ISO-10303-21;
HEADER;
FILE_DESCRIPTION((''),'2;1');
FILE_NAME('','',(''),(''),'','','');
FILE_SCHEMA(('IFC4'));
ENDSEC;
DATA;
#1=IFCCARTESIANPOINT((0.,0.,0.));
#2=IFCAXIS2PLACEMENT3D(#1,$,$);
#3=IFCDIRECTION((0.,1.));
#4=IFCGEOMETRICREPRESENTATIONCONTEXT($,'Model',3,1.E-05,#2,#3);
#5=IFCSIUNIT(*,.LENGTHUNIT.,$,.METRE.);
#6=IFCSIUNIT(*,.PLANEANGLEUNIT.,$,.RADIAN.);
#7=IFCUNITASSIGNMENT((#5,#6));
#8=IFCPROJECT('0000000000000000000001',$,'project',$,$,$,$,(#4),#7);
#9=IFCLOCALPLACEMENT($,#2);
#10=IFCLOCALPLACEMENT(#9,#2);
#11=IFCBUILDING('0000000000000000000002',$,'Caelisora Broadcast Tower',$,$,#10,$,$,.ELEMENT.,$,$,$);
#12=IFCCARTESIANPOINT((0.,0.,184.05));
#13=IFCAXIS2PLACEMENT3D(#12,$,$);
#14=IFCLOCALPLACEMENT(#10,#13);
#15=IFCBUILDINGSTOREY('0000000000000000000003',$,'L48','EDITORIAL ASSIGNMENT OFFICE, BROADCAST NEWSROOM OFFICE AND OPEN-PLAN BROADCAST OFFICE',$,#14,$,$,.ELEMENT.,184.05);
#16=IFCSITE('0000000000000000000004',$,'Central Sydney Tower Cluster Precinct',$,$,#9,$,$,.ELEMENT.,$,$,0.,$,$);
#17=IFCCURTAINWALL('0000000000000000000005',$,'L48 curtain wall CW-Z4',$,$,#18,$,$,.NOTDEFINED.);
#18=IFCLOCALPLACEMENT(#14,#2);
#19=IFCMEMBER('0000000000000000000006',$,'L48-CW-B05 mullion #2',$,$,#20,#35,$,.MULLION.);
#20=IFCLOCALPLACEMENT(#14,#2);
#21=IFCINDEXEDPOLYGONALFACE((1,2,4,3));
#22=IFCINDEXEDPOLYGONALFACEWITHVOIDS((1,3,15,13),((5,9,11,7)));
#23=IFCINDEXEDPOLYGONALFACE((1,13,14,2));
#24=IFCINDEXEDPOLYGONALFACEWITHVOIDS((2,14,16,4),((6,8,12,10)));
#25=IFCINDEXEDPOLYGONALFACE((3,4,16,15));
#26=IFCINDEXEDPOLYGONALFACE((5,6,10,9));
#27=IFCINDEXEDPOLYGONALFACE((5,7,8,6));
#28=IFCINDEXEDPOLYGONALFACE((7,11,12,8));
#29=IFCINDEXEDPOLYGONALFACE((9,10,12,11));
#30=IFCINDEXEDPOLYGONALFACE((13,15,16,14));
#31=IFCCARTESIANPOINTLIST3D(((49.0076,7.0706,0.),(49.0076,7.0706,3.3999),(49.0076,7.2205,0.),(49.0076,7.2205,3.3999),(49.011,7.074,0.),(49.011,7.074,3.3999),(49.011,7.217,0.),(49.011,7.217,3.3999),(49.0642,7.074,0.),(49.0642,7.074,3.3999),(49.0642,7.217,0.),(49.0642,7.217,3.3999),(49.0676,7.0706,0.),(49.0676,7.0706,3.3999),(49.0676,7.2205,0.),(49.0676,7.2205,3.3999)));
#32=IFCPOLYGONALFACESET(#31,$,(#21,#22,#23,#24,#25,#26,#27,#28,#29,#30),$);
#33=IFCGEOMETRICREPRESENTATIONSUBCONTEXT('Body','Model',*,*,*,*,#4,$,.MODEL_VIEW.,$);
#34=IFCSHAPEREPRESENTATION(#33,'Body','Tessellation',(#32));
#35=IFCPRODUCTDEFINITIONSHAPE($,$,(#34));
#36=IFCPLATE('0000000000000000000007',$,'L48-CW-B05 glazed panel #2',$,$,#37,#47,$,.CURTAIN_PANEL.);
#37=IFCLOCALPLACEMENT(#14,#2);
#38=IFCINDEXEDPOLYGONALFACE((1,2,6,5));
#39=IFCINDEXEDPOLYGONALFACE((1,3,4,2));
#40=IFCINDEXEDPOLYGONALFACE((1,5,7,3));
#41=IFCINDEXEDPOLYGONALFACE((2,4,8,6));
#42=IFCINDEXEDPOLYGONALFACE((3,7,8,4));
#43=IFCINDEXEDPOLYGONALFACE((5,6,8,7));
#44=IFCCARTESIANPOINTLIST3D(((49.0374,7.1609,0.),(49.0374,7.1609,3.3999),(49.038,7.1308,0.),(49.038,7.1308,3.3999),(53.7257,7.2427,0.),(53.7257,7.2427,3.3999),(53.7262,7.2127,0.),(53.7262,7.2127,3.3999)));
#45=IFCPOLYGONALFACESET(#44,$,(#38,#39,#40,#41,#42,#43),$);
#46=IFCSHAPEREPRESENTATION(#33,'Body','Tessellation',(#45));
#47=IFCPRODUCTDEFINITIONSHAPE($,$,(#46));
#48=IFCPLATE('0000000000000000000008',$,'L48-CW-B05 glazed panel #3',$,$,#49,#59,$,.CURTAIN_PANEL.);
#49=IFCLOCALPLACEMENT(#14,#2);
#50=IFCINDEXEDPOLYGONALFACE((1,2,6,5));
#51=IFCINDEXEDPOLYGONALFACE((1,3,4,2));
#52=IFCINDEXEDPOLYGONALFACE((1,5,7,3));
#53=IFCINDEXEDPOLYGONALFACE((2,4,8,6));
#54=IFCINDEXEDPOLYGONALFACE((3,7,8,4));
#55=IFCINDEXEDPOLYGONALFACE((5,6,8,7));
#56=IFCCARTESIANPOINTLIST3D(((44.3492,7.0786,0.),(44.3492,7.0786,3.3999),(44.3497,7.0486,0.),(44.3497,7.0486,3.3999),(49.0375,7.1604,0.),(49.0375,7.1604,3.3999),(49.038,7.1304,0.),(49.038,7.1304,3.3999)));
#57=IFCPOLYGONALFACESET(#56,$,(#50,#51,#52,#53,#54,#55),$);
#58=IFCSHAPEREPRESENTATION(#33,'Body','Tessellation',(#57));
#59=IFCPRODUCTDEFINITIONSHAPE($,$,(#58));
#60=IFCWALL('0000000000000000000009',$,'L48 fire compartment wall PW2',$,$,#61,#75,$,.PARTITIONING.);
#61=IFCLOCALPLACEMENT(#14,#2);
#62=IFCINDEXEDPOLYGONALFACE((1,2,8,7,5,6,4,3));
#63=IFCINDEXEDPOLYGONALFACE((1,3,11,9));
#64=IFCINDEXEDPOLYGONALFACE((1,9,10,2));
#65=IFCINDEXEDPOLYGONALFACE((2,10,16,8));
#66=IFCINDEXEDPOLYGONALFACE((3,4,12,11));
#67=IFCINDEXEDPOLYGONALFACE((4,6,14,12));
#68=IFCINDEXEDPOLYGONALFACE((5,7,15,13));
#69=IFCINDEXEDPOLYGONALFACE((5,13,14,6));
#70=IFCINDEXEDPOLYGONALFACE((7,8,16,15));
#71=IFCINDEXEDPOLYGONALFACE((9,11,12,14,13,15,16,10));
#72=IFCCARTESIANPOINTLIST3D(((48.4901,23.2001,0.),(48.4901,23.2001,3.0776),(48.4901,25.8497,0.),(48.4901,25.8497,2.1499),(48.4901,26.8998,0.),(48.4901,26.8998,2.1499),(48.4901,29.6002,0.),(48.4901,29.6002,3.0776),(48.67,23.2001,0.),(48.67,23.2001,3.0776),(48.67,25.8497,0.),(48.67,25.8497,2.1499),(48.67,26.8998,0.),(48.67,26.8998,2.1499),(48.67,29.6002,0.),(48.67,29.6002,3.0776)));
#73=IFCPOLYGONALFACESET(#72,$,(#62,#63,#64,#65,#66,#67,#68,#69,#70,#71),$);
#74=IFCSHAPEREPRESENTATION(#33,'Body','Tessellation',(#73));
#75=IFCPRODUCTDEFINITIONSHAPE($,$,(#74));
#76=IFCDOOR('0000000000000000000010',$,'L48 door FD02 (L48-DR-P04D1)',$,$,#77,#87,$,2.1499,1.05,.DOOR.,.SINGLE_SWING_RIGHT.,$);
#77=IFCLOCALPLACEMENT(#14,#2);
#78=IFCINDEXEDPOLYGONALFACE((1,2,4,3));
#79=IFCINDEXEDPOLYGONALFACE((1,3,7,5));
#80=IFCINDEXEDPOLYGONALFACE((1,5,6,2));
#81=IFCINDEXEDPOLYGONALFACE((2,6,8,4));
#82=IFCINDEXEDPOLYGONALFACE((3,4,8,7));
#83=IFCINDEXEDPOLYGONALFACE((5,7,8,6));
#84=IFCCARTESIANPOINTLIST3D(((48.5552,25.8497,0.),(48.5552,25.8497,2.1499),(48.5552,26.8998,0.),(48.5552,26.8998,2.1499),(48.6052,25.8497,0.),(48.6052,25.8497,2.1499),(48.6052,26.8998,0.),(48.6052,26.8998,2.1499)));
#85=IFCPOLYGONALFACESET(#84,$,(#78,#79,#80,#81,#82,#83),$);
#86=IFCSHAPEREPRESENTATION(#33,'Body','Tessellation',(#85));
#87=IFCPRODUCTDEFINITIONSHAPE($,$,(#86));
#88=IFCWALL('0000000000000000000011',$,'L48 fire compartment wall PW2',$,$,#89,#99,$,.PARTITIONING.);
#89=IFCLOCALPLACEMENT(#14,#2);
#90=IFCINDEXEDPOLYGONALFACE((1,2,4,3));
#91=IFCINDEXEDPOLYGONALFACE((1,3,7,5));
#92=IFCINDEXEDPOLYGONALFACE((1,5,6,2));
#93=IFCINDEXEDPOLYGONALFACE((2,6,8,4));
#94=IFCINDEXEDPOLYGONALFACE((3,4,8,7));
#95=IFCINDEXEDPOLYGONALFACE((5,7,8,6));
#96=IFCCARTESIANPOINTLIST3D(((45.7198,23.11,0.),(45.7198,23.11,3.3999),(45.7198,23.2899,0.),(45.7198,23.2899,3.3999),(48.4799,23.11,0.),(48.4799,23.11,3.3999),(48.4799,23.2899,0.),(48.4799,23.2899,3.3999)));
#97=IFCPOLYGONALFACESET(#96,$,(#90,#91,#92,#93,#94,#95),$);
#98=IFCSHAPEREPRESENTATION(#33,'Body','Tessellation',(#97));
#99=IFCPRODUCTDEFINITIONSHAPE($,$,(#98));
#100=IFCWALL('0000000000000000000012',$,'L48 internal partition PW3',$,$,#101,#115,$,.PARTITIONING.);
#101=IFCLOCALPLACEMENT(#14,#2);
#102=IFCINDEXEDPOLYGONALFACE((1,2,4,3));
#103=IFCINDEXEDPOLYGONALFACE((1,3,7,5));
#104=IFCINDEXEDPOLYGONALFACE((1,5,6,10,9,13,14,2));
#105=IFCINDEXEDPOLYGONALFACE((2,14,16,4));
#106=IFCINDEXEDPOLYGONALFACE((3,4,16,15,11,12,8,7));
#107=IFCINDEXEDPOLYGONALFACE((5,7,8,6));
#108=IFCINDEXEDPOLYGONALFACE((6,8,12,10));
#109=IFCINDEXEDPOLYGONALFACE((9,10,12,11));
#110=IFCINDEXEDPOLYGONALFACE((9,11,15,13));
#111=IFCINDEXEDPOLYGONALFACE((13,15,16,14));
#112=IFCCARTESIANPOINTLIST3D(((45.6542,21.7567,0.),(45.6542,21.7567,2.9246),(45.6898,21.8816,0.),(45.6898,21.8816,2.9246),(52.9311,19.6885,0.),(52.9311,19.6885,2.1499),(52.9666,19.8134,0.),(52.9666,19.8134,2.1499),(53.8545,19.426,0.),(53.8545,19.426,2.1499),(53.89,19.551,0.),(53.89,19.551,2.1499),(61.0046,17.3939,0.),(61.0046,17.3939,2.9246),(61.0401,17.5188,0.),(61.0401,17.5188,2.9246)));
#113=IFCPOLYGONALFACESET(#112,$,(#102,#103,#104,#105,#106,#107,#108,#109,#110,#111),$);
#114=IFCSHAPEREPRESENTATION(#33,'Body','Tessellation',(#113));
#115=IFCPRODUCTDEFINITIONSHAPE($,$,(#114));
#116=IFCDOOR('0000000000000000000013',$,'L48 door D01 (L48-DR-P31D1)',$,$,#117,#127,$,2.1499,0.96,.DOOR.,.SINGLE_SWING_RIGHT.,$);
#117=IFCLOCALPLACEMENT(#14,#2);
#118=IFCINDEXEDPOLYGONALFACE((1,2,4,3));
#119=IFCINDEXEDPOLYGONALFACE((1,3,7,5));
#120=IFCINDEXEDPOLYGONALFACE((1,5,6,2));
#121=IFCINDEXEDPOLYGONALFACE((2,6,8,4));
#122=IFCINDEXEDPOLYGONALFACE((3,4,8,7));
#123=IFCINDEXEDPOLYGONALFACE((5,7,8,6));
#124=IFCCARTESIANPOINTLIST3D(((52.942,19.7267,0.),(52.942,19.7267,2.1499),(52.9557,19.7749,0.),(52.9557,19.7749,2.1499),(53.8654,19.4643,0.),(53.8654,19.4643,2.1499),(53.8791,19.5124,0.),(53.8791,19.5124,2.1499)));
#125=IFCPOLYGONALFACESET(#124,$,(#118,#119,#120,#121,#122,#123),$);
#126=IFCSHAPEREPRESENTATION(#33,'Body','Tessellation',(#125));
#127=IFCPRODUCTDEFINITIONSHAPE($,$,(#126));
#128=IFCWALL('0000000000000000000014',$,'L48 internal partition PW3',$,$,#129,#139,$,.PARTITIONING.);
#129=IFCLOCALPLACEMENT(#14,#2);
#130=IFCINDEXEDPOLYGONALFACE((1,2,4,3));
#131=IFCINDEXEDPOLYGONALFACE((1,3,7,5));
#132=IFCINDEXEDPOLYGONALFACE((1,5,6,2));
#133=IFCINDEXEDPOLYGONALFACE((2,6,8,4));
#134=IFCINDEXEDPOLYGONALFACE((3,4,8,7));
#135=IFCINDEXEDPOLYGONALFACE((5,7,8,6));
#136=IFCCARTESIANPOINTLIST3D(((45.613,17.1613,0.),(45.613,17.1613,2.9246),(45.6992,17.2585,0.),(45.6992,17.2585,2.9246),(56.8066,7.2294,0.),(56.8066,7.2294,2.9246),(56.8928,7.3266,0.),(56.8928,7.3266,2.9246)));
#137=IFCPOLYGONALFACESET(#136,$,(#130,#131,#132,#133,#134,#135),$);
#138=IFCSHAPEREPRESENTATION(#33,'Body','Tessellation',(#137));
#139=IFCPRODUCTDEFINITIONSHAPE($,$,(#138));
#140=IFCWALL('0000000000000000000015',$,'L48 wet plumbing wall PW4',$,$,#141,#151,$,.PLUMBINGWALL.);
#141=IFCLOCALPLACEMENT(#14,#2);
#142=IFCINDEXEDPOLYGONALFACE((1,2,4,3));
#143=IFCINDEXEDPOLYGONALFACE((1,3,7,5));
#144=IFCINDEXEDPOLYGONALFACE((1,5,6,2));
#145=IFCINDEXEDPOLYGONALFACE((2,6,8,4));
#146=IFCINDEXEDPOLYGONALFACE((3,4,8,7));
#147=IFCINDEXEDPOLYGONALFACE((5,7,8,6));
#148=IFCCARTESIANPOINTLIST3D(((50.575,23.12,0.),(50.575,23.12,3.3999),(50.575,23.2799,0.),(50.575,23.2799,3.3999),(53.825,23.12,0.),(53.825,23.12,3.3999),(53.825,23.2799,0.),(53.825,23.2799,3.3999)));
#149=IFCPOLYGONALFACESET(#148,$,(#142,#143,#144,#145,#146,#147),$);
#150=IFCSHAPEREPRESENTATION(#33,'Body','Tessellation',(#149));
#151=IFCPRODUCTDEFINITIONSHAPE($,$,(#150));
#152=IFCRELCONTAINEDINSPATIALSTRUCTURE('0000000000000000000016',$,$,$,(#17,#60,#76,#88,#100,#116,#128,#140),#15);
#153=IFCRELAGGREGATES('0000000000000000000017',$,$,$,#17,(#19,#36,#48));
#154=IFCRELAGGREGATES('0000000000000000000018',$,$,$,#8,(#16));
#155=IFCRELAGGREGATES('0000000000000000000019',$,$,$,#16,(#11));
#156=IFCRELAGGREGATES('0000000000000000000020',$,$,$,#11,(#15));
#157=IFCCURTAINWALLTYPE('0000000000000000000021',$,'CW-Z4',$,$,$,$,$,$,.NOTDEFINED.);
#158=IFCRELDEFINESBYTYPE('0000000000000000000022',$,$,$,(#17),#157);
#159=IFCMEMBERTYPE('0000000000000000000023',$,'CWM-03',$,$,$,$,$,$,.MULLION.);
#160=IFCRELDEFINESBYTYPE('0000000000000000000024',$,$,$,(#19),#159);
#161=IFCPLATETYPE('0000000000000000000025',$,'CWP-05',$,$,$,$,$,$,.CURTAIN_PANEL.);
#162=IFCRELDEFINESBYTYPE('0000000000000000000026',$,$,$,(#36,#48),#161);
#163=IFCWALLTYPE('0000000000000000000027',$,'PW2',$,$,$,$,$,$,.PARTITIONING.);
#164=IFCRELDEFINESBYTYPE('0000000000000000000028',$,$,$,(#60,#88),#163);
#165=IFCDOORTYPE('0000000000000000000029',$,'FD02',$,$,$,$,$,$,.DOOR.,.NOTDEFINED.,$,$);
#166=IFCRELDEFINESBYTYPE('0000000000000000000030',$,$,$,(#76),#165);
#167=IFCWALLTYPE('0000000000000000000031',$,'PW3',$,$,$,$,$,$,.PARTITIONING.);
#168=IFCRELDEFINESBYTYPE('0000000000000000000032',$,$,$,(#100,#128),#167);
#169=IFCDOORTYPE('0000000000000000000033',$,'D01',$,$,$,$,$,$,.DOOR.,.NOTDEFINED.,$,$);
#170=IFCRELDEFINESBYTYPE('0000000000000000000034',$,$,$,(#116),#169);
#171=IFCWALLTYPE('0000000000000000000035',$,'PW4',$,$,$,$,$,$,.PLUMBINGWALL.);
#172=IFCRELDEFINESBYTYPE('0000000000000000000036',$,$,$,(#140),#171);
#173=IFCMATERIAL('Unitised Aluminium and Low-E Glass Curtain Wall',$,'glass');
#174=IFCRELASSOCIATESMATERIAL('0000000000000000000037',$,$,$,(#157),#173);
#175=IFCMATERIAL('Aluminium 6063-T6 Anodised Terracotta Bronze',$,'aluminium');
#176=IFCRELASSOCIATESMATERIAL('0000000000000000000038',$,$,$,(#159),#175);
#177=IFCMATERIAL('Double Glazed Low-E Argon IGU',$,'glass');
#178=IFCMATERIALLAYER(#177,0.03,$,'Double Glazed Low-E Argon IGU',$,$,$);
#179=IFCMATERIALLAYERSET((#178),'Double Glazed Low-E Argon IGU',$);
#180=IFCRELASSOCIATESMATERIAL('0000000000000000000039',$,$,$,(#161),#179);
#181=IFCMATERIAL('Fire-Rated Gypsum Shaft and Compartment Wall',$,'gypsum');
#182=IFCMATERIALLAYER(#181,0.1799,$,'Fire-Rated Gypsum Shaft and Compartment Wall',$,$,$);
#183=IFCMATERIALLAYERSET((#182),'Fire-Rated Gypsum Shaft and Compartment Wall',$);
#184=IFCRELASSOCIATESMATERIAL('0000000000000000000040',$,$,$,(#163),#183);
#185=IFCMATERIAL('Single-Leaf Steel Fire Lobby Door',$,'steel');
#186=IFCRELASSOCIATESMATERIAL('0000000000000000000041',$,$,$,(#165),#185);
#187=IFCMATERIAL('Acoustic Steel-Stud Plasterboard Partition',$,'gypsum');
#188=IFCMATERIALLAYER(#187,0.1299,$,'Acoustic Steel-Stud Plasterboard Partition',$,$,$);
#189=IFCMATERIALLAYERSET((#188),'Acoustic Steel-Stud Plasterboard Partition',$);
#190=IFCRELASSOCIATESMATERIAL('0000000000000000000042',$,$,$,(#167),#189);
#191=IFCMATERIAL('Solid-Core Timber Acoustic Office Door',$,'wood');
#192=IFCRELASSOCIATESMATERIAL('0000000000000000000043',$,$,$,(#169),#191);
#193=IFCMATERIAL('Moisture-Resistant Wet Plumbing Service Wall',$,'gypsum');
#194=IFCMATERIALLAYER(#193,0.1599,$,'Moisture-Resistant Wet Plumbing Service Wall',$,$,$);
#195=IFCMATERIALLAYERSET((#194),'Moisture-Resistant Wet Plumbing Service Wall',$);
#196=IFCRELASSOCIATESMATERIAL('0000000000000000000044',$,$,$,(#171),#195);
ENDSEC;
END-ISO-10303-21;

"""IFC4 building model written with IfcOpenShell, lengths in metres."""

from ifc_helpers import new_model, si_unit, direction, frame, frame_2d, origin, origin_2d, place, context, subcontext, project, spatial, rectangle, hollow_rectangle, extrude, source, transform, mapped, material, layer, layer_set, material_profile, profile_set, type_object, type_shapes, element, fill, aggregate, save


model = new_model("IFC4")

# Units and contexts
model_context = context("Model", 3, precision=1e-05, world=origin(), true_north=direction((0.0, 1.0)))
body_context = subcontext(model_context, "Body", "Model", "MODEL_VIEW")
ifc_project = project(units=[si_unit("LENGTHUNIT", "METRE"), si_unit("PLANEANGLEUNIT", "RADIAN")], contexts=[model_context])

# Site, building, storey
site_placement = place(None, origin())
site = spatial("IfcSite", under=ifc_project, at=site_placement, Name="Central Sydney Tower Cluster Precinct", CompositionType="ELEMENT", RefElevation=0.0)
building_placement = place(site_placement, origin())
building = spatial("IfcBuilding", under=site, at=building_placement, Name="Caelisora Broadcast Tower", CompositionType="ELEMENT")
storey_placement = place(building_placement, frame((0.0, 0.0, 184.05)))
storey = spatial("IfcBuildingStorey", under=building, at=storey_placement, Name="L48", Description="EDITORIAL ASSIGNMENT OFFICE, BROADCAST NEWSROOM OFFICE AND OPEN-PLAN BROADCAST OFFICE", CompositionType="ELEMENT", Elevation=184.05)

# Curtain wall, member, plates
ifc_material_1 = material(Name="Unitised Aluminium and Low-E Glass Curtain Wall", Category="glass")
curtain_wall_type = type_object("IfcCurtainWallType", Name="CW-Z4", PredefinedType="NOTDEFINED", material=ifc_material_1)
curtain_wall_placement = place(storey_placement, origin())
curtain_wall = element("IfcCurtainWall", 1, at=curtain_wall_placement, inside=storey, type_object=curtain_wall_type, Name="L48 curtain wall CW-Z4", PredefinedType="NOTDEFINED")
ifc_material_2 = material(Name="Aluminium 6063-T6 Anodised Terracotta Bronze", Category="aluminium")
ifc_material_profile_1 = material_profile(ifc_material_2, hollow_rectangle(XDim=0.0601, YDim=0.1499, WallThickness=0.0034, at=origin_2d()), Name="Aluminium 6063-T6 Anodised Terracotta Bronze")
ifc_profile_set_1 = profile_set([ifc_material_profile_1], Name="Aluminium 6063-T6 Anodised Terracotta Bronze")
member_type = type_object("IfcMemberType", Name="CWM-03", PredefinedType="MULLION", material=ifc_profile_set_1)
shared_shape_1 = source(origin(), body_context, "Body", "SweptSolid", [
    extrude(hollow_rectangle(XDim=0.0601, YDim=0.1499, WallThickness=0.0034, at=origin_2d()), origin(), (0.0, 0.0, 1.0), 3.3999),
])
type_shapes(member_type, [shared_shape_1])
member_placement = place(storey_placement, frame((49.0376, 7.1455, 0.0), z_axis=(0.0, 0.0, 1.0), x_axis=(1.0, 0.0, 0.0)))
member = element("IfcMember", 2, at=member_placement, type_object=member_type, Name="L48-CW-B05 mullion #2", PredefinedType="MULLION", context=body_context, shape_type="MappedRepresentation", body=[
    mapped(shared_shape_1, transform((0.0, 0.0, 0.0), scale=1.0)),
])
ifc_material_3 = material(Name="Double Glazed Low-E Argon IGU", Category="glass")
ifc_layer_1 = layer(ifc_material_3, 0.03, Name="Double Glazed Low-E Argon IGU")
ifc_layer_set_1 = layer_set([ifc_layer_1], Name="Double Glazed Low-E Argon IGU")
plate_type = type_object("IfcPlateType", Name="CWP-05", PredefinedType="CURTAIN_PANEL", material=ifc_layer_set_1)
shared_shape_2 = source(origin(), body_context, "Body", "SweptSolid", [
    extrude(rectangle(XDim=4.689, YDim=0.03, at=origin_2d()), origin(), (0.0, 0.0, 1.0), 3.3999),
])
type_shapes(plate_type, [shared_shape_2])
plate_1_placement = place(storey_placement, frame((51.3818, 7.1868, 0.0), z_axis=(0.0, 0.0, 1.0), x_axis=(-0.999848, -0.017452, 0.0)))
plate_1 = element("IfcPlate", 3, at=plate_1_placement, type_object=plate_type, Name="L48-CW-B05 glazed panel #2", PredefinedType="CURTAIN_PANEL", context=body_context, shape_type="MappedRepresentation", body=[
    mapped(shared_shape_2, transform((0.0, 0.0, 0.0), scale=1.0)),
])
plate_2_placement = place(storey_placement, frame((46.6936, 7.1045, 0.0), z_axis=(0.0, 0.0, 1.0), x_axis=(-0.999848, -0.017452, 0.0)))
plate_2 = element("IfcPlate", 4, at=plate_2_placement, type_object=plate_type, Name="L48-CW-B05 glazed panel #3", PredefinedType="CURTAIN_PANEL", context=body_context, shape_type="MappedRepresentation", body=[
    mapped(shared_shape_2, transform((0.0, 0.0, 0.0), scale=1.0)),
])
aggregate(curtain_wall, [member, plate_1, plate_2])

# Wall, opening, door
ifc_material_4 = material(Name="Fire-Rated Gypsum Shaft and Compartment Wall", Category="gypsum")
ifc_layer_2 = layer(ifc_material_4, 0.1799, Name="Fire-Rated Gypsum Shaft and Compartment Wall")
ifc_layer_set_2 = layer_set([ifc_layer_2], Name="Fire-Rated Gypsum Shaft and Compartment Wall")
wall_type_1 = type_object("IfcWallType", Name="PW2", PredefinedType="PARTITIONING", material=ifc_layer_set_2)
wall_1_placement = place(storey_placement, frame((48.5801, 23.2, 0.0), z_axis=(0.0, 0.0, 1.0), x_axis=(0.0, 1.0, 0.0)))
wall_1 = element("IfcWall", 5, at=wall_1_placement, inside=storey, type_object=wall_type_1, Name="L48 fire compartment wall PW2", PredefinedType="PARTITIONING", context=body_context, shape_type="SweptSolid", body=[
    extrude(rectangle(XDim=6.4001, YDim=0.1799, at=frame_2d((3.2002, 0.0))), origin(), (0.0, 0.0, 1.0), 3.0776),
])
opening_1_placement = place(wall_1_placement, frame((2.6499, 0.0, 0.0)))
opening_1 = element("IfcOpeningElement", 6, at=opening_1_placement, cuts=wall_1, PredefinedType="OPENING", context=body_context, shape_type="SweptSolid", body=[
    extrude(rectangle(XDim=1.05, YDim=2.1499, at=frame_2d((0.5249, 1.075))), frame((0.0, 0.1021, 0.0), z_axis=(0.0, -1.0, 0.0), x_axis=(1.0, 0.0, 0.0)), (0.0, 0.0, 1.0), 0.2039),
])
ifc_material_5 = material(Name="Single-Leaf Steel Fire Lobby Door", Category="steel")
door_type_1 = type_object("IfcDoorType", Name="FD02", OperationType="NOTDEFINED", PredefinedType="DOOR", material=ifc_material_5)
door_1_placement = place(opening_1_placement, origin())
door_1 = element("IfcDoor", 7, at=door_1_placement, inside=storey, type_object=door_type_1, Name="L48 door FD02 (L48-DR-P04D1)", OperationType="SINGLE_SWING_RIGHT", OverallHeight=2.1499, OverallWidth=1.05, PredefinedType="DOOR", context=body_context, shape_type="SweptSolid", body=[
    extrude(rectangle(XDim=1.05, YDim=2.1499, at=frame_2d((0.5249, 1.075))), frame((0.0, 0.0249, 0.0), z_axis=(0.0, -1.0, 0.0), x_axis=(1.0, 0.0, 0.0)), (0.0, 0.0, 1.0), 0.05),
])
fill(opening_1, door_1)

# Wall
wall_2_placement = place(storey_placement, frame((45.72, 23.2, 0.0), z_axis=(0.0, 0.0, 1.0), x_axis=(1.0, 0.0, 0.0)))
element("IfcWall", 8, at=wall_2_placement, inside=storey, type_object=wall_type_1, Name="L48 fire compartment wall PW2", PredefinedType="PARTITIONING", context=body_context, shape_type="SweptSolid", body=[
    extrude(rectangle(XDim=2.76, YDim=0.1799, at=frame_2d((1.3799, 0.0))), origin(), (0.0, 0.0, 1.0), 3.3999),
])

# Wall, opening, door
ifc_material_6 = material(Name="Acoustic Steel-Stud Plasterboard Partition", Category="gypsum")
ifc_layer_3 = layer(ifc_material_6, 0.1299, Name="Acoustic Steel-Stud Plasterboard Partition")
ifc_layer_set_3 = layer_set([ifc_layer_3], Name="Acoustic Steel-Stud Plasterboard Partition")
wall_type_2 = type_object("IfcWallType", Name="PW3", PredefinedType="PARTITIONING", material=ifc_layer_set_3)
wall_3_placement = place(storey_placement, frame((45.6721, 21.8191, 0.0), z_axis=(0.0, 0.0, 1.0), x_axis=(0.961904, -0.273387, 0.0)))
wall_3 = element("IfcWall", 9, at=wall_3_placement, inside=storey, type_object=wall_type_2, Name="L48 internal partition PW3", PredefinedType="PARTITIONING", context=body_context, shape_type="SweptSolid", body=[
    extrude(rectangle(XDim=15.9583, YDim=0.1299, at=frame_2d((7.979, 0.0))), origin(), (0.0, 0.0, 1.0), 2.9246),
])
opening_2_placement = place(wall_3_placement, frame((7.5649, 0.0, 0.0)))
opening_2 = element("IfcOpeningElement", 10, at=opening_2_placement, cuts=wall_3, PredefinedType="OPENING", context=body_context, shape_type="SweptSolid", body=[
    extrude(rectangle(XDim=0.96, YDim=2.1499, at=frame_2d((0.48, 1.075))), frame((0.0, 0.0769, 0.0), z_axis=(0.0, -1.0, 0.0), x_axis=(1.0, 0.0, 0.0)), (0.0, 0.0, 1.0), 0.1538),
])
ifc_material_7 = material(Name="Solid-Core Timber Acoustic Office Door", Category="wood")
door_type_2 = type_object("IfcDoorType", Name="D01", OperationType="NOTDEFINED", PredefinedType="DOOR", material=ifc_material_7)
door_2_placement = place(opening_2_placement, origin())
door_2 = element("IfcDoor", 11, at=door_2_placement, inside=storey, type_object=door_type_2, Name="L48 door D01 (L48-DR-P31D1)", OperationType="SINGLE_SWING_RIGHT", OverallHeight=2.1499, OverallWidth=0.96, PredefinedType="DOOR", context=body_context, shape_type="SweptSolid", body=[
    extrude(rectangle(XDim=0.96, YDim=2.1499, at=frame_2d((0.48, 1.075))), frame((0.0, 0.0249, 0.0), z_axis=(0.0, -1.0, 0.0), x_axis=(1.0, 0.0, 0.0)), (0.0, 0.0, 1.0), 0.05),
])
fill(opening_2, door_2)

# Wall
wall_4_placement = place(storey_placement, frame((45.656, 17.21, 0.0), z_axis=(0.0, 0.0, 1.0), x_axis=(0.748006, -0.663692, 0.0)))
element("IfcWall", 12, at=wall_4_placement, inside=storey, type_object=wall_type_2, Name="L48 internal partition PW3", PredefinedType="PARTITIONING", context=body_context, shape_type="SweptSolid", body=[
    extrude(rectangle(XDim=14.9646, YDim=0.1299, at=frame_2d((7.4824, 0.0))), origin(), (0.0, 0.0, 1.0), 2.9246),
])

# Wall
ifc_material_8 = material(Name="Moisture-Resistant Wet Plumbing Service Wall", Category="gypsum")
ifc_layer_4 = layer(ifc_material_8, 0.1599, Name="Moisture-Resistant Wet Plumbing Service Wall")
ifc_layer_set_4 = layer_set([ifc_layer_4], Name="Moisture-Resistant Wet Plumbing Service Wall")
wall_type_3 = type_object("IfcWallType", Name="PW4", PredefinedType="PLUMBINGWALL", material=ifc_layer_set_4)
wall_5_placement = place(storey_placement, frame((50.575, 23.2, 0.0), z_axis=(0.0, 0.0, 1.0), x_axis=(1.0, 0.0, 0.0)))
element("IfcWall", 13, at=wall_5_placement, inside=storey, type_object=wall_type_3, Name="L48 wet plumbing wall PW4", PredefinedType="PLUMBINGWALL", context=body_context, shape_type="SweptSolid", body=[
    extrude(rectangle(XDim=3.25, YDim=0.1599, at=frame_2d((1.625, 0.0))), origin(), (0.0, 0.0, 1.0), 3.3999),
])

save(model, "model.ifc")
